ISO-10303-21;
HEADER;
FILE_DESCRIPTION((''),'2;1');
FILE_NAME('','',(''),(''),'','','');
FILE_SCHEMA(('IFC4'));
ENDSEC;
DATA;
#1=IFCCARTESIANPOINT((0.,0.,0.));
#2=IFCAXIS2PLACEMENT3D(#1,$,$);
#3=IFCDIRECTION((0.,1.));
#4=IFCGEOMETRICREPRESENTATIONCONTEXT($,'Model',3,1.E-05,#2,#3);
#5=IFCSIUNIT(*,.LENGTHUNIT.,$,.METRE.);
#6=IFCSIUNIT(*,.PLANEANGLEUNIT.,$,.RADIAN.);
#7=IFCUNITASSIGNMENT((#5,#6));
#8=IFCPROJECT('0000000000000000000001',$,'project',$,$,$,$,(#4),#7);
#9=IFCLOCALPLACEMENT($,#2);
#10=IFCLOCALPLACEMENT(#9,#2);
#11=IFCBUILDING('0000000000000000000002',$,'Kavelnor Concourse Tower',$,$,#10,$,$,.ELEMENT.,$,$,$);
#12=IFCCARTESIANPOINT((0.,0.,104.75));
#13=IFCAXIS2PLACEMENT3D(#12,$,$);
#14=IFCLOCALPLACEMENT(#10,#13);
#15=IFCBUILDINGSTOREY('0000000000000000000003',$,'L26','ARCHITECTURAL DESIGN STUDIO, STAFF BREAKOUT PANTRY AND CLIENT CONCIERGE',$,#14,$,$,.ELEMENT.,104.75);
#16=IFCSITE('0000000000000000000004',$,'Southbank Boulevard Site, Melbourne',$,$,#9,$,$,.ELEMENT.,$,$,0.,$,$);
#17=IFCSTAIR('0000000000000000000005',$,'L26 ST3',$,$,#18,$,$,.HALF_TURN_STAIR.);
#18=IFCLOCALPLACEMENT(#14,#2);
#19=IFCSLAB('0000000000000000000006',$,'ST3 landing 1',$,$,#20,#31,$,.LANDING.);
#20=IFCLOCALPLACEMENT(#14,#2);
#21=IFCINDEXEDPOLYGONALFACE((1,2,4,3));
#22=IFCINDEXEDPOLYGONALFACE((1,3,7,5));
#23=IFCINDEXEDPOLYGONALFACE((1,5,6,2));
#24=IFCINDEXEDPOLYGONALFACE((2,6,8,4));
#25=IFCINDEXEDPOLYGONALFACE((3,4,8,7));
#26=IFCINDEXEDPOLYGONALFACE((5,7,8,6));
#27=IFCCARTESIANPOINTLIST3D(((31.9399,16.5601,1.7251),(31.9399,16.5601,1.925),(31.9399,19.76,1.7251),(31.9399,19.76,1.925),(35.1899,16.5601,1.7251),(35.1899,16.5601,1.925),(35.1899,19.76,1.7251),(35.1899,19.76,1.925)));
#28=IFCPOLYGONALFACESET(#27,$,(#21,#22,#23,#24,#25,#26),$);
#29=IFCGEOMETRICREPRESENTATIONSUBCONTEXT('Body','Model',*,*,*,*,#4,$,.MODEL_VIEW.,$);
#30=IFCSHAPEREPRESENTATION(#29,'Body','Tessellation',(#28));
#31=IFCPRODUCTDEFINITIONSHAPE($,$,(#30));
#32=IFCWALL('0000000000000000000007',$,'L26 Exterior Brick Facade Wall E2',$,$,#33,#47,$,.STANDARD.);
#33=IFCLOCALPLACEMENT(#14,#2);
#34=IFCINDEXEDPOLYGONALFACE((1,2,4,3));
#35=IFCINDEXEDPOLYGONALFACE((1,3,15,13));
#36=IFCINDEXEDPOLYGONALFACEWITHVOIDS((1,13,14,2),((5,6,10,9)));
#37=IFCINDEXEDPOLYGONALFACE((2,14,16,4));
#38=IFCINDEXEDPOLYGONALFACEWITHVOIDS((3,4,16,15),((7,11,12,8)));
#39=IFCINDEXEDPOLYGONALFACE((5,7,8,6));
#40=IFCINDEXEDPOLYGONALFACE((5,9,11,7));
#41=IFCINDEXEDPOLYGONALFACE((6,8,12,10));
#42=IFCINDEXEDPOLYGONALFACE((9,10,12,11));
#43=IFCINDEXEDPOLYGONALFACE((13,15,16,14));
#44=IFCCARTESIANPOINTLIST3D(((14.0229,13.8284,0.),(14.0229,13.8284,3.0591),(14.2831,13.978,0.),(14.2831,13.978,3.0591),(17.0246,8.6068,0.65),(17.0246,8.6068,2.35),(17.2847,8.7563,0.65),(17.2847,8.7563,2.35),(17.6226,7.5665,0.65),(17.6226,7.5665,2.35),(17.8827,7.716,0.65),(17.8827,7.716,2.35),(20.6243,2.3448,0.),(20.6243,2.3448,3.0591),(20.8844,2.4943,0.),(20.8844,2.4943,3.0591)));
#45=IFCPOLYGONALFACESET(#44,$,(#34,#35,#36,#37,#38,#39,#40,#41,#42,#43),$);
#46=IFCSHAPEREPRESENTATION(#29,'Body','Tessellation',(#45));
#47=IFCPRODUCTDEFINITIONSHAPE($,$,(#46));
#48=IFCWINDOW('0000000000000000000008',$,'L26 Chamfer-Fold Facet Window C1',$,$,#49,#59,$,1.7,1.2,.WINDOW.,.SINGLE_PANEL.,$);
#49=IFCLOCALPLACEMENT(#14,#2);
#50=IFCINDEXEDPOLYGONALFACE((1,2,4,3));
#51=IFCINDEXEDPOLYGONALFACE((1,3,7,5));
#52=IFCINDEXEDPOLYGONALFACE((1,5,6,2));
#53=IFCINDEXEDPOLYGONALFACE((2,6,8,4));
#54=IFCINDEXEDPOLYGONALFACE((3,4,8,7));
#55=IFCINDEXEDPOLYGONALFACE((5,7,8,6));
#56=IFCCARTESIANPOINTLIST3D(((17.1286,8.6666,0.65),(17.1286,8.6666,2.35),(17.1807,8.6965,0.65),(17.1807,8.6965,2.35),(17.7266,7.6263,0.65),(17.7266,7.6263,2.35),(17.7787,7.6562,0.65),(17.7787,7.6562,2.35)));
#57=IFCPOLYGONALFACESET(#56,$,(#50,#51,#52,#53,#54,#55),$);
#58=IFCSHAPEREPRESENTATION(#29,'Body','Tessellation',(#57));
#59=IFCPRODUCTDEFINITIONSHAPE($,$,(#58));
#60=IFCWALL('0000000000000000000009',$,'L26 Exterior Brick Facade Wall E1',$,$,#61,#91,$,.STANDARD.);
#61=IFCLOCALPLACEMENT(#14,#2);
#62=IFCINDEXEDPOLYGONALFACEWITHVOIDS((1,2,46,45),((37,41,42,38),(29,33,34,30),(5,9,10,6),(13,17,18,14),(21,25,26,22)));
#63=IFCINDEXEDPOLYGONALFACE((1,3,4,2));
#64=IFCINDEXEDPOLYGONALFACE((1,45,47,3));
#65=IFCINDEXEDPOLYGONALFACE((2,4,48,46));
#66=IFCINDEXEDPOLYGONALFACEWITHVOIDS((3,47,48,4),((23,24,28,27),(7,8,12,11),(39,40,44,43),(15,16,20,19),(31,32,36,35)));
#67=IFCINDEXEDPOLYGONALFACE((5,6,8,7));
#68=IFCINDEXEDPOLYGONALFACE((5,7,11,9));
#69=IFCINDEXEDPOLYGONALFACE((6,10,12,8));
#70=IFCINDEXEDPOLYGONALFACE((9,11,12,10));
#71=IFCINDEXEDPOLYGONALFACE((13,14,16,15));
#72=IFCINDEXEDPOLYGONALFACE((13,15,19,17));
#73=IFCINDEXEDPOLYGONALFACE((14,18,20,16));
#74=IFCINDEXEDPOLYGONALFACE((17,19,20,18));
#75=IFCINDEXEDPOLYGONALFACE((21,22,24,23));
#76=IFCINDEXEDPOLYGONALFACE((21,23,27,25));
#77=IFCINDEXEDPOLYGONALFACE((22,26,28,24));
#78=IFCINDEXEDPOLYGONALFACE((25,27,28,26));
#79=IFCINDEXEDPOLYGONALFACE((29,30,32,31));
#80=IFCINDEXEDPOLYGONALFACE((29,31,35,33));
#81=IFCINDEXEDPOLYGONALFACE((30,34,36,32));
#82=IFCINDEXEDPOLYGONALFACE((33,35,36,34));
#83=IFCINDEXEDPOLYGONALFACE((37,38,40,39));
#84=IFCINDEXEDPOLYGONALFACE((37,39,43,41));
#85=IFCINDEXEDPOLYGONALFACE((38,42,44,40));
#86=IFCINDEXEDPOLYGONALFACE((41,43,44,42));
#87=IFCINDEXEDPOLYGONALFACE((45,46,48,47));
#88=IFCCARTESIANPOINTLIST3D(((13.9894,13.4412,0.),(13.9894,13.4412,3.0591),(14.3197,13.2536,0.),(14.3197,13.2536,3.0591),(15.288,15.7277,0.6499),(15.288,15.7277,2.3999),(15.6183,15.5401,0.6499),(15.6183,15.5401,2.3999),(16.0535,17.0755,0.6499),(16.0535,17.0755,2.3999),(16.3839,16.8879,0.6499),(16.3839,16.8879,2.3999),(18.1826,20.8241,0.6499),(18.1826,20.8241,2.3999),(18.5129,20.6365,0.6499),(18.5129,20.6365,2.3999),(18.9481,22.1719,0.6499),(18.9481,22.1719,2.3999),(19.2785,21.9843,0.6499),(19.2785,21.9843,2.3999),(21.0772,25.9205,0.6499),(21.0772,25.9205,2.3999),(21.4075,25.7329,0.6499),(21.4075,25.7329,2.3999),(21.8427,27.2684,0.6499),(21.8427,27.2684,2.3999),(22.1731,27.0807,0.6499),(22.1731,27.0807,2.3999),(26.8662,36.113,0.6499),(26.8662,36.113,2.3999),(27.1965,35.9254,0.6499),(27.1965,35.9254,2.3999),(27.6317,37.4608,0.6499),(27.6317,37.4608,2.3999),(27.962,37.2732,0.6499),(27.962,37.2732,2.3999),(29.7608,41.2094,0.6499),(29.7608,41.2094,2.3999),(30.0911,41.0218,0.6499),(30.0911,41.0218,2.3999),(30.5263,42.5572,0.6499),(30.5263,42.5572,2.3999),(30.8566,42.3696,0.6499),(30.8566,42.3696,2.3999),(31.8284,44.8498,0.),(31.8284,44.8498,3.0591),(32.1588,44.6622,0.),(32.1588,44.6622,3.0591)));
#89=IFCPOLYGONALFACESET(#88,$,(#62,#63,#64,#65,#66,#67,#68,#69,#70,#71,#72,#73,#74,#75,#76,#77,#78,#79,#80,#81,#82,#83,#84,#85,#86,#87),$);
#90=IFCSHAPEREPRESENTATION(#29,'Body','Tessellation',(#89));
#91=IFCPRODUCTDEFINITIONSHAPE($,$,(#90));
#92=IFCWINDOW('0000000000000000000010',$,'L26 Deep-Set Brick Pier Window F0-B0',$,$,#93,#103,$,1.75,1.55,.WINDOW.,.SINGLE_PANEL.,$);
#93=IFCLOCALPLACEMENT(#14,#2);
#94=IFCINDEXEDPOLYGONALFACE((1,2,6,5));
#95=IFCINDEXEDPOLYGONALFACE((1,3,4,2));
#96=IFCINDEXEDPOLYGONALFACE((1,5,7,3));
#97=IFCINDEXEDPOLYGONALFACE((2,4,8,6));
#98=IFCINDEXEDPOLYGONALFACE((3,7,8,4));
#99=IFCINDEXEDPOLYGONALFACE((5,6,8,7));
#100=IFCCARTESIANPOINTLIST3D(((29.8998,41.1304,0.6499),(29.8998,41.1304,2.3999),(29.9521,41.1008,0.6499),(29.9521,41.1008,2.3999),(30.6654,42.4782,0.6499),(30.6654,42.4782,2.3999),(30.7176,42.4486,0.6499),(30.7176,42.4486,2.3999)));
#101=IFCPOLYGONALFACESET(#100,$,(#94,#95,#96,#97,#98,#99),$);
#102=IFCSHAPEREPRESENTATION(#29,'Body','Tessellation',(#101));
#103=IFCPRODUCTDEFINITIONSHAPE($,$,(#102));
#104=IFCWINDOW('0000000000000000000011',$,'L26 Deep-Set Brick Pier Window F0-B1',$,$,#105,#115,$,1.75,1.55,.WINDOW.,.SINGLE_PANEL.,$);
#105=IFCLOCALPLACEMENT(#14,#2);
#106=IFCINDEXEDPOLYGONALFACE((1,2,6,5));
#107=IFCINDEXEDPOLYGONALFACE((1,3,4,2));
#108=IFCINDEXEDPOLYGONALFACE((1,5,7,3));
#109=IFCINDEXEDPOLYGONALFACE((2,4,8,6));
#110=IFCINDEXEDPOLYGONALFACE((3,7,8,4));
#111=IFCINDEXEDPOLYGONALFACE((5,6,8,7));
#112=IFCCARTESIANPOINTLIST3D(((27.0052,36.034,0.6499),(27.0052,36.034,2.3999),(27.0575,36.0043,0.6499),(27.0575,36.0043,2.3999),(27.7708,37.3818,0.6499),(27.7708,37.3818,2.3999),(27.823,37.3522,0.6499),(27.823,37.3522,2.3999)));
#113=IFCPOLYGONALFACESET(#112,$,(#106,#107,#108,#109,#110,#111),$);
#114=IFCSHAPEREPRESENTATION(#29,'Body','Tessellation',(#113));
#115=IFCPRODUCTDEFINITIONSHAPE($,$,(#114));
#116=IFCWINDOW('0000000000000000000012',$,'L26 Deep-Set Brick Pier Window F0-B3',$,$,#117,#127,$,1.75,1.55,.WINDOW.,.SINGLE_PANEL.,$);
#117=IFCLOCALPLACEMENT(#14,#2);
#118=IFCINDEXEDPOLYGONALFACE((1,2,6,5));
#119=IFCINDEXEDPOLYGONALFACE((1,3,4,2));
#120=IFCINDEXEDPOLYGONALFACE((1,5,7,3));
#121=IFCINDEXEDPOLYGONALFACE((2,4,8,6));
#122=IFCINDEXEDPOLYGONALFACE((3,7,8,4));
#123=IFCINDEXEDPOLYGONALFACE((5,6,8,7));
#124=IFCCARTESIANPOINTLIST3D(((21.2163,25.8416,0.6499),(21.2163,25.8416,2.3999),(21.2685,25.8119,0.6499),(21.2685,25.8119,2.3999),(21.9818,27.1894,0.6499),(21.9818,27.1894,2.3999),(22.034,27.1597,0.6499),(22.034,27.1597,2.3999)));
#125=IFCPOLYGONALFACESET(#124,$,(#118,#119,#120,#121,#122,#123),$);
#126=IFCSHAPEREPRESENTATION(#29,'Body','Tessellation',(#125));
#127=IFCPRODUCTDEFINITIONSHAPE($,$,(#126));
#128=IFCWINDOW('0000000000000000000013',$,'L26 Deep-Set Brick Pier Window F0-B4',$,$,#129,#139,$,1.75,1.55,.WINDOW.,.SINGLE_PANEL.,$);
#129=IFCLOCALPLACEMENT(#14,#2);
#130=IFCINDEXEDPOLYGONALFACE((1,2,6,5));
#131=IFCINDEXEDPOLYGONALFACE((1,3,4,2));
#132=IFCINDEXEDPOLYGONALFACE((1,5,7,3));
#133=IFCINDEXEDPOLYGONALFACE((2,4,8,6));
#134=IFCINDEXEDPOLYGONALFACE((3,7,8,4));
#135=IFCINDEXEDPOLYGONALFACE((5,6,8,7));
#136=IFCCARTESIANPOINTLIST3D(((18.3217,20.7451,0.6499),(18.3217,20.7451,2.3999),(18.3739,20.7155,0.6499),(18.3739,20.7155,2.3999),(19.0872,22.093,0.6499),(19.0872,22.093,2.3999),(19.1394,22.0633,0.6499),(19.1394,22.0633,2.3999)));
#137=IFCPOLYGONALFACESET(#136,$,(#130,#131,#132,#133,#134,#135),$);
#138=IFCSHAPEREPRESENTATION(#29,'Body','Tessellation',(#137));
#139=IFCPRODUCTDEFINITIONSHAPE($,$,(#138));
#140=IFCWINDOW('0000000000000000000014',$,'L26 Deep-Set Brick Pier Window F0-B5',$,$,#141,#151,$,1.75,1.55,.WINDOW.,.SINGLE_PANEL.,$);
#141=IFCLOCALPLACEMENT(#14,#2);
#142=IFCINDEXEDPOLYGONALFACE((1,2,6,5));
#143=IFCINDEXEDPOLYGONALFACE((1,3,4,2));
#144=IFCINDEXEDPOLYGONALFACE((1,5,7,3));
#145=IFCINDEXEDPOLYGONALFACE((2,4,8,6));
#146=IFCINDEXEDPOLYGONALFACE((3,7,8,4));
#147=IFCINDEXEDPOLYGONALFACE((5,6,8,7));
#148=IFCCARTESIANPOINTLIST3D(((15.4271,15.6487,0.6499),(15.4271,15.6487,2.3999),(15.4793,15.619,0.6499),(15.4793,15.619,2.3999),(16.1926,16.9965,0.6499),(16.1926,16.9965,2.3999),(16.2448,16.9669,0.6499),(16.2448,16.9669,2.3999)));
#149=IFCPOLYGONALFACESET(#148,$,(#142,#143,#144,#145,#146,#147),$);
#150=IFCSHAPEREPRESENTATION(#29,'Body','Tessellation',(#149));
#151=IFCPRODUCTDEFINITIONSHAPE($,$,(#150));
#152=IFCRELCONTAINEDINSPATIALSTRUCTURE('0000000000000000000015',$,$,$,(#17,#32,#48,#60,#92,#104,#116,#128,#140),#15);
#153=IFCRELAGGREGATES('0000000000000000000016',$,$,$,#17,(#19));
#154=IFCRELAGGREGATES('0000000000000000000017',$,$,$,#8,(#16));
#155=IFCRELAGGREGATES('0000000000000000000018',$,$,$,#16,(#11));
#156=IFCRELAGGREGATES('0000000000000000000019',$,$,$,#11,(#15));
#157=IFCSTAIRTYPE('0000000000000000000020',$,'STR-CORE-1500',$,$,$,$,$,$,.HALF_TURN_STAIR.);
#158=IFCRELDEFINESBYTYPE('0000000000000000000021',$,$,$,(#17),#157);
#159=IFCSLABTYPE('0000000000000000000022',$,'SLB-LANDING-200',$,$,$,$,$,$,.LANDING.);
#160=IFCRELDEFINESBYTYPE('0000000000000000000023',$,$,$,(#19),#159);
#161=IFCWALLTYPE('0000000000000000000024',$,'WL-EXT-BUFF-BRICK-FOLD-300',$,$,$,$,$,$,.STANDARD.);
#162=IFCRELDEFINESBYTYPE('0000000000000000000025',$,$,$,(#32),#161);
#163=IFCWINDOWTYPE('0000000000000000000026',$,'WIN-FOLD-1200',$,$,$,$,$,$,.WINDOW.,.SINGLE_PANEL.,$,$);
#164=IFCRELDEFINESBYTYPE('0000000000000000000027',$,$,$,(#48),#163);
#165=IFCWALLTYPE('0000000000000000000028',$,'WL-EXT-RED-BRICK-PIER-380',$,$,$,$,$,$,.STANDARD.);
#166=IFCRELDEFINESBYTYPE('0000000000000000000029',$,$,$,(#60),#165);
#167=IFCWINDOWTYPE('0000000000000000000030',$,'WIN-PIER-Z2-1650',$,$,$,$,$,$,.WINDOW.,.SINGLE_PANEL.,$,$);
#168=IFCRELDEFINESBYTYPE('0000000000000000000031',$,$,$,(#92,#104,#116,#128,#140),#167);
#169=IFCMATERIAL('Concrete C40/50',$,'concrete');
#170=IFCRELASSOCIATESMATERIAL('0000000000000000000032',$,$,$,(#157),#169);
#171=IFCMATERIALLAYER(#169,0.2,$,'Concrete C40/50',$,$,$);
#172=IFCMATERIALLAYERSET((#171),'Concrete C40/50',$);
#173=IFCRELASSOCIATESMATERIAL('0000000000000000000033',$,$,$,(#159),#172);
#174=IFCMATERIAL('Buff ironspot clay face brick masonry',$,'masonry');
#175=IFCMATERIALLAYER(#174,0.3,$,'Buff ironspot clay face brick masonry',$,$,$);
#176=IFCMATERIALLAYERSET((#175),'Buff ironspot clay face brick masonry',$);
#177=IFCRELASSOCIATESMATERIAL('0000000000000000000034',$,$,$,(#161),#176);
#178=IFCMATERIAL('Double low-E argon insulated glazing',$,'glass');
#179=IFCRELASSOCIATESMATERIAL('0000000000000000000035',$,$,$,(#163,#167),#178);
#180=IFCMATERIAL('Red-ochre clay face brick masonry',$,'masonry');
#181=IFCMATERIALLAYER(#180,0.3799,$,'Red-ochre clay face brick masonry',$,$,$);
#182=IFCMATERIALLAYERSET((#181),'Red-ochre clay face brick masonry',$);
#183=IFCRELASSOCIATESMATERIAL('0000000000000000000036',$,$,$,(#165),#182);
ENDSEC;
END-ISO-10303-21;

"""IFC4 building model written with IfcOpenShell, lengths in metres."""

from ifc_helpers import new_model, si_unit, direction, frame, frame_2d, origin, place, context, subcontext, project, spatial, polyline, rectangle, outline, extrude, material, layer, layer_set, type_object, element, fill, aggregate, save


model = new_model("IFC4")

# Units and contexts
model_context = context("Model", 3, precision=1e-05, world=origin(), true_north=direction((0.0, 1.0)))
body_context = subcontext(model_context, "Body", "Model", "MODEL_VIEW")
ifc_project = project(units=[si_unit("LENGTHUNIT", "METRE"), si_unit("PLANEANGLEUNIT", "RADIAN")], contexts=[model_context])

# Site, building, storey
site_placement = place(None, origin())
site = spatial("IfcSite", under=ifc_project, at=site_placement, Name="Southbank Boulevard Site, Melbourne", CompositionType="ELEMENT", RefElevation=0.0)
building_placement = place(site_placement, origin())
building = spatial("IfcBuilding", under=site, at=building_placement, Name="Kavelnor Concourse Tower", CompositionType="ELEMENT")
storey_placement = place(building_placement, frame((0.0, 0.0, 104.75)))
storey = spatial("IfcBuildingStorey", under=building, at=storey_placement, Name="L26", Description="ARCHITECTURAL DESIGN STUDIO, STAFF BREAKOUT PANTRY AND CLIENT CONCIERGE", CompositionType="ELEMENT", Elevation=104.75)

# Stair, slab
ifc_material_1 = material(Name="Concrete C40/50", Category="concrete")
stair_type = type_object("IfcStairType", Name="STR-CORE-1500", PredefinedType="HALF_TURN_STAIR", material=ifc_material_1)
stair_placement = place(storey_placement, origin())
stair = element("IfcStair", 1, at=stair_placement, inside=storey, type_object=stair_type, Name="L26 ST3", PredefinedType="HALF_TURN_STAIR")
ifc_layer_1 = layer(ifc_material_1, 0.2, Name="Concrete C40/50")
ifc_layer_set_1 = layer_set([ifc_layer_1], Name="Concrete C40/50")
slab_type = type_object("IfcSlabType", Name="SLB-LANDING-200", PredefinedType="LANDING", material=ifc_layer_set_1)
slab_placement = place(storey_placement, frame((0.0, 0.0, 1.7251)))
slab = element("IfcSlab", 2, at=slab_placement, type_object=slab_type, Name="ST3 landing 1", PredefinedType="LANDING", context=body_context, shape_type="SweptSolid", body=[
    extrude(outline(polyline([(35.1899, 19.76), (31.9399, 19.76), (31.9399, 16.5601), (35.1899, 16.5601), (35.1899, 19.76)])), origin(), (0.0, 0.0, 1.0), 0.2),
])
aggregate(stair, [slab])

# Wall, opening, window
ifc_material_2 = material(Name="Buff ironspot clay face brick masonry", Category="masonry")
ifc_layer_2 = layer(ifc_material_2, 0.3, Name="Buff ironspot clay face brick masonry")
ifc_layer_set_2 = layer_set([ifc_layer_2], Name="Buff ironspot clay face brick masonry")
wall_type_1 = type_object("IfcWallType", Name="WL-EXT-BUFF-BRICK-FOLD-300", PredefinedType="STANDARD", material=ifc_layer_set_2)
wall_1_placement = place(storey_placement, frame((20.7544, 2.4194, 0.0), z_axis=(0.0, 0.0, 1.0), x_axis=(-0.49837, 0.866964, 0.0)))
wall_1 = element("IfcWall", 3, at=wall_1_placement, inside=storey, type_object=wall_type_1, Name="L26 Exterior Brick Facade Wall E2", PredefinedType="STANDARD", context=body_context, shape_type="SweptSolid", body=[
    extrude(rectangle(XDim=13.2458, YDim=0.3, at=frame_2d((6.623, 0.0))), origin(), (0.0, 0.0, 1.0), 3.0591),
])
opening_1_placement = place(wall_1_placement, frame((6.0229, 0.0, 0.6499)))
opening_1 = element("IfcOpeningElement", 4, at=opening_1_placement, cuts=wall_1, PredefinedType="OPENING", context=body_context, shape_type="SweptSolid", body=[
    extrude(rectangle(XDim=1.2, YDim=1.7, at=frame_2d((0.6001, 0.8501))), frame((0.0, 0.1602, 0.0), z_axis=(0.0, -1.0, 0.0), x_axis=(1.0, 0.0, 0.0)), (0.0, 0.0, 1.0), 0.3201),
])
ifc_material_3 = material(Name="Double low-E argon insulated glazing", Category="glass")
window_type_1 = type_object("IfcWindowType", Name="WIN-FOLD-1200", PartitioningType="SINGLE_PANEL", PredefinedType="WINDOW", material=ifc_material_3)
window_1_placement = place(opening_1_placement, origin())
window_1 = element("IfcWindow", 5, at=window_1_placement, inside=storey, type_object=window_type_1, Name="L26 Chamfer-Fold Facet Window C1", OverallHeight=1.7, OverallWidth=1.2, PartitioningType="SINGLE_PANEL", PredefinedType="WINDOW", context=body_context, shape_type="SweptSolid", body=[
    extrude(rectangle(XDim=1.2, YDim=1.7, at=frame_2d((0.6001, 0.8501))), frame((0.0, 0.03, 0.0), z_axis=(0.0, -1.0, 0.0), x_axis=(1.0, 0.0, 0.0)), (0.0, 0.0, 1.0), 0.0601),
])
fill(opening_1, window_1)

# Wall, openings, windows
ifc_material_4 = material(Name="Red-ochre clay face brick masonry", Category="masonry")
ifc_layer_3 = layer(ifc_material_4, 0.3799, Name="Red-ochre clay face brick masonry")
ifc_layer_set_3 = layer_set([ifc_layer_3], Name="Red-ochre clay face brick masonry")
wall_type_2 = type_object("IfcWallType", Name="WL-EXT-RED-BRICK-PIER-380", PredefinedType="STANDARD", material=ifc_layer_set_3)
wall_2_placement = place(storey_placement, frame((14.1545, 13.3474, 0.0), z_axis=(0.0, 0.0, 1.0), x_axis=(0.493868, 0.869537, 0.0)))
wall_2 = element("IfcWall", 6, at=wall_2_placement, inside=storey, type_object=wall_type_2, Name="L26 Exterior Brick Facade Wall E1", PredefinedType="STANDARD", context=body_context, shape_type="SweptSolid", body=[
    extrude(rectangle(XDim=36.1211, YDim=0.3799, at=frame_2d((18.0605, 0.0))), origin(), (0.0, 0.0, 1.0), 3.0591),
])
opening_2_placement = place(wall_2_placement, frame((31.9346, 0.0, 0.6499)))
opening_2 = element("IfcOpeningElement", 7, at=opening_2_placement, cuts=wall_2, PredefinedType="OPENING", context=body_context, shape_type="SweptSolid", body=[
    extrude(rectangle(XDim=1.55, YDim=1.75, at=frame_2d((0.7749, 0.875))), frame((0.0, 0.2, 0.0), z_axis=(0.0, -1.0, 0.0), x_axis=(1.0, 0.0, 0.0)), (0.0, 0.0, 1.0), 0.3999),
])
opening_3_placement = place(wall_2_placement, frame((26.0735, 0.0, 0.6499)))
opening_3 = element("IfcOpeningElement", 8, at=opening_3_placement, cuts=wall_2, PredefinedType="OPENING", context=body_context, shape_type="SweptSolid", body=[
    extrude(rectangle(XDim=1.55, YDim=1.75, at=frame_2d((0.7749, 0.875))), frame((0.0, 0.2, 0.0), z_axis=(0.0, -1.0, 0.0), x_axis=(1.0, 0.0, 0.0)), (0.0, 0.0, 1.0), 0.3999),
])
opening_4_placement = place(wall_2_placement, frame((14.3518, 0.0, 0.6499)))
opening_4 = element("IfcOpeningElement", 9, at=opening_4_placement, cuts=wall_2, PredefinedType="OPENING", context=body_context, shape_type="SweptSolid", body=[
    extrude(rectangle(XDim=1.55, YDim=1.75, at=frame_2d((0.7749, 0.875))), frame((0.0, 0.2, 0.0), z_axis=(0.0, -1.0, 0.0), x_axis=(1.0, 0.0, 0.0)), (0.0, 0.0, 1.0), 0.3999),
])
opening_5_placement = place(wall_2_placement, frame((8.4907, 0.0, 0.6499)))
opening_5 = element("IfcOpeningElement", 10, at=opening_5_placement, cuts=wall_2, PredefinedType="OPENING", context=body_context, shape_type="SweptSolid", body=[
    extrude(rectangle(XDim=1.55, YDim=1.75, at=frame_2d((0.7749, 0.875))), frame((0.0, 0.2, 0.0), z_axis=(0.0, -1.0, 0.0), x_axis=(1.0, 0.0, 0.0)), (0.0, 0.0, 1.0), 0.3999),
])
opening_6_placement = place(wall_2_placement, frame((2.6296, 0.0, 0.6499)))
opening_6 = element("IfcOpeningElement", 11, at=opening_6_placement, cuts=wall_2, PredefinedType="OPENING", context=body_context, shape_type="SweptSolid", body=[
    extrude(rectangle(XDim=1.55, YDim=1.75, at=frame_2d((0.7749, 0.875))), frame((0.0, 0.2, 0.0), z_axis=(0.0, -1.0, 0.0), x_axis=(1.0, 0.0, 0.0)), (0.0, 0.0, 1.0), 0.3999),
])
window_type_2 = type_object("IfcWindowType", Name="WIN-PIER-Z2-1650", PartitioningType="SINGLE_PANEL", PredefinedType="WINDOW", material=ifc_material_3)
window_2_placement = place(opening_2_placement, origin())
window_2 = element("IfcWindow", 12, at=window_2_placement, inside=storey, type_object=window_type_2, Name="L26 Deep-Set Brick Pier Window F0-B0", OverallHeight=1.75, OverallWidth=1.55, PartitioningType="SINGLE_PANEL", PredefinedType="WINDOW", context=body_context, shape_type="SweptSolid", body=[
    extrude(rectangle(XDim=1.55, YDim=1.75, at=frame_2d((0.7749, 0.875))), frame((0.0, 0.03, 0.0), z_axis=(0.0, -1.0, 0.0), x_axis=(1.0, 0.0, 0.0)), (0.0, 0.0, 1.0), 0.0601),
])
fill(opening_2, window_2)
window_3_placement = place(opening_3_placement, origin())
window_3 = element("IfcWindow", 13, at=window_3_placement, inside=storey, type_object=window_type_2, Name="L26 Deep-Set Brick Pier Window F0-B1", OverallHeight=1.75, OverallWidth=1.55, PartitioningType="SINGLE_PANEL", PredefinedType="WINDOW", context=body_context, shape_type="SweptSolid", body=[
    extrude(rectangle(XDim=1.55, YDim=1.75, at=frame_2d((0.7749, 0.875))), frame((0.0, 0.03, 0.0), z_axis=(0.0, -1.0, 0.0), x_axis=(1.0, 0.0, 0.0)), (0.0, 0.0, 1.0), 0.0601),
])
fill(opening_3, window_3)
window_4_placement = place(opening_4_placement, origin())
window_4 = element("IfcWindow", 14, at=window_4_placement, inside=storey, type_object=window_type_2, Name="L26 Deep-Set Brick Pier Window F0-B3", OverallHeight=1.75, OverallWidth=1.55, PartitioningType="SINGLE_PANEL", PredefinedType="WINDOW", context=body_context, shape_type="SweptSolid", body=[
    extrude(rectangle(XDim=1.55, YDim=1.75, at=frame_2d((0.7749, 0.875))), frame((0.0, 0.03, 0.0), z_axis=(0.0, -1.0, 0.0), x_axis=(1.0, 0.0, 0.0)), (0.0, 0.0, 1.0), 0.0601),
])
fill(opening_4, window_4)
window_5_placement = place(opening_5_placement, origin())
window_5 = element("IfcWindow", 15, at=window_5_placement, inside=storey, type_object=window_type_2, Name="L26 Deep-Set Brick Pier Window F0-B4", OverallHeight=1.75, OverallWidth=1.55, PartitioningType="SINGLE_PANEL", PredefinedType="WINDOW", context=body_context, shape_type="SweptSolid", body=[
    extrude(rectangle(XDim=1.55, YDim=1.75, at=frame_2d((0.7749, 0.875))), frame((0.0, 0.03, 0.0), z_axis=(0.0, -1.0, 0.0), x_axis=(1.0, 0.0, 0.0)), (0.0, 0.0, 1.0), 0.0601),
])
fill(opening_5, window_5)
window_6_placement = place(opening_6_placement, origin())
window_6 = element("IfcWindow", 16, at=window_6_placement, inside=storey, type_object=window_type_2, Name="L26 Deep-Set Brick Pier Window F0-B5", OverallHeight=1.75, OverallWidth=1.55, PartitioningType="SINGLE_PANEL", PredefinedType="WINDOW", context=body_context, shape_type="SweptSolid", body=[
    extrude(rectangle(XDim=1.55, YDim=1.75, at=frame_2d((0.7749, 0.875))), frame((0.0, 0.03, 0.0), z_axis=(0.0, -1.0, 0.0), x_axis=(1.0, 0.0, 0.0)), (0.0, 0.0, 1.0), 0.0601),
])
fill(opening_6, window_6)

save(model, "model.ifc")
